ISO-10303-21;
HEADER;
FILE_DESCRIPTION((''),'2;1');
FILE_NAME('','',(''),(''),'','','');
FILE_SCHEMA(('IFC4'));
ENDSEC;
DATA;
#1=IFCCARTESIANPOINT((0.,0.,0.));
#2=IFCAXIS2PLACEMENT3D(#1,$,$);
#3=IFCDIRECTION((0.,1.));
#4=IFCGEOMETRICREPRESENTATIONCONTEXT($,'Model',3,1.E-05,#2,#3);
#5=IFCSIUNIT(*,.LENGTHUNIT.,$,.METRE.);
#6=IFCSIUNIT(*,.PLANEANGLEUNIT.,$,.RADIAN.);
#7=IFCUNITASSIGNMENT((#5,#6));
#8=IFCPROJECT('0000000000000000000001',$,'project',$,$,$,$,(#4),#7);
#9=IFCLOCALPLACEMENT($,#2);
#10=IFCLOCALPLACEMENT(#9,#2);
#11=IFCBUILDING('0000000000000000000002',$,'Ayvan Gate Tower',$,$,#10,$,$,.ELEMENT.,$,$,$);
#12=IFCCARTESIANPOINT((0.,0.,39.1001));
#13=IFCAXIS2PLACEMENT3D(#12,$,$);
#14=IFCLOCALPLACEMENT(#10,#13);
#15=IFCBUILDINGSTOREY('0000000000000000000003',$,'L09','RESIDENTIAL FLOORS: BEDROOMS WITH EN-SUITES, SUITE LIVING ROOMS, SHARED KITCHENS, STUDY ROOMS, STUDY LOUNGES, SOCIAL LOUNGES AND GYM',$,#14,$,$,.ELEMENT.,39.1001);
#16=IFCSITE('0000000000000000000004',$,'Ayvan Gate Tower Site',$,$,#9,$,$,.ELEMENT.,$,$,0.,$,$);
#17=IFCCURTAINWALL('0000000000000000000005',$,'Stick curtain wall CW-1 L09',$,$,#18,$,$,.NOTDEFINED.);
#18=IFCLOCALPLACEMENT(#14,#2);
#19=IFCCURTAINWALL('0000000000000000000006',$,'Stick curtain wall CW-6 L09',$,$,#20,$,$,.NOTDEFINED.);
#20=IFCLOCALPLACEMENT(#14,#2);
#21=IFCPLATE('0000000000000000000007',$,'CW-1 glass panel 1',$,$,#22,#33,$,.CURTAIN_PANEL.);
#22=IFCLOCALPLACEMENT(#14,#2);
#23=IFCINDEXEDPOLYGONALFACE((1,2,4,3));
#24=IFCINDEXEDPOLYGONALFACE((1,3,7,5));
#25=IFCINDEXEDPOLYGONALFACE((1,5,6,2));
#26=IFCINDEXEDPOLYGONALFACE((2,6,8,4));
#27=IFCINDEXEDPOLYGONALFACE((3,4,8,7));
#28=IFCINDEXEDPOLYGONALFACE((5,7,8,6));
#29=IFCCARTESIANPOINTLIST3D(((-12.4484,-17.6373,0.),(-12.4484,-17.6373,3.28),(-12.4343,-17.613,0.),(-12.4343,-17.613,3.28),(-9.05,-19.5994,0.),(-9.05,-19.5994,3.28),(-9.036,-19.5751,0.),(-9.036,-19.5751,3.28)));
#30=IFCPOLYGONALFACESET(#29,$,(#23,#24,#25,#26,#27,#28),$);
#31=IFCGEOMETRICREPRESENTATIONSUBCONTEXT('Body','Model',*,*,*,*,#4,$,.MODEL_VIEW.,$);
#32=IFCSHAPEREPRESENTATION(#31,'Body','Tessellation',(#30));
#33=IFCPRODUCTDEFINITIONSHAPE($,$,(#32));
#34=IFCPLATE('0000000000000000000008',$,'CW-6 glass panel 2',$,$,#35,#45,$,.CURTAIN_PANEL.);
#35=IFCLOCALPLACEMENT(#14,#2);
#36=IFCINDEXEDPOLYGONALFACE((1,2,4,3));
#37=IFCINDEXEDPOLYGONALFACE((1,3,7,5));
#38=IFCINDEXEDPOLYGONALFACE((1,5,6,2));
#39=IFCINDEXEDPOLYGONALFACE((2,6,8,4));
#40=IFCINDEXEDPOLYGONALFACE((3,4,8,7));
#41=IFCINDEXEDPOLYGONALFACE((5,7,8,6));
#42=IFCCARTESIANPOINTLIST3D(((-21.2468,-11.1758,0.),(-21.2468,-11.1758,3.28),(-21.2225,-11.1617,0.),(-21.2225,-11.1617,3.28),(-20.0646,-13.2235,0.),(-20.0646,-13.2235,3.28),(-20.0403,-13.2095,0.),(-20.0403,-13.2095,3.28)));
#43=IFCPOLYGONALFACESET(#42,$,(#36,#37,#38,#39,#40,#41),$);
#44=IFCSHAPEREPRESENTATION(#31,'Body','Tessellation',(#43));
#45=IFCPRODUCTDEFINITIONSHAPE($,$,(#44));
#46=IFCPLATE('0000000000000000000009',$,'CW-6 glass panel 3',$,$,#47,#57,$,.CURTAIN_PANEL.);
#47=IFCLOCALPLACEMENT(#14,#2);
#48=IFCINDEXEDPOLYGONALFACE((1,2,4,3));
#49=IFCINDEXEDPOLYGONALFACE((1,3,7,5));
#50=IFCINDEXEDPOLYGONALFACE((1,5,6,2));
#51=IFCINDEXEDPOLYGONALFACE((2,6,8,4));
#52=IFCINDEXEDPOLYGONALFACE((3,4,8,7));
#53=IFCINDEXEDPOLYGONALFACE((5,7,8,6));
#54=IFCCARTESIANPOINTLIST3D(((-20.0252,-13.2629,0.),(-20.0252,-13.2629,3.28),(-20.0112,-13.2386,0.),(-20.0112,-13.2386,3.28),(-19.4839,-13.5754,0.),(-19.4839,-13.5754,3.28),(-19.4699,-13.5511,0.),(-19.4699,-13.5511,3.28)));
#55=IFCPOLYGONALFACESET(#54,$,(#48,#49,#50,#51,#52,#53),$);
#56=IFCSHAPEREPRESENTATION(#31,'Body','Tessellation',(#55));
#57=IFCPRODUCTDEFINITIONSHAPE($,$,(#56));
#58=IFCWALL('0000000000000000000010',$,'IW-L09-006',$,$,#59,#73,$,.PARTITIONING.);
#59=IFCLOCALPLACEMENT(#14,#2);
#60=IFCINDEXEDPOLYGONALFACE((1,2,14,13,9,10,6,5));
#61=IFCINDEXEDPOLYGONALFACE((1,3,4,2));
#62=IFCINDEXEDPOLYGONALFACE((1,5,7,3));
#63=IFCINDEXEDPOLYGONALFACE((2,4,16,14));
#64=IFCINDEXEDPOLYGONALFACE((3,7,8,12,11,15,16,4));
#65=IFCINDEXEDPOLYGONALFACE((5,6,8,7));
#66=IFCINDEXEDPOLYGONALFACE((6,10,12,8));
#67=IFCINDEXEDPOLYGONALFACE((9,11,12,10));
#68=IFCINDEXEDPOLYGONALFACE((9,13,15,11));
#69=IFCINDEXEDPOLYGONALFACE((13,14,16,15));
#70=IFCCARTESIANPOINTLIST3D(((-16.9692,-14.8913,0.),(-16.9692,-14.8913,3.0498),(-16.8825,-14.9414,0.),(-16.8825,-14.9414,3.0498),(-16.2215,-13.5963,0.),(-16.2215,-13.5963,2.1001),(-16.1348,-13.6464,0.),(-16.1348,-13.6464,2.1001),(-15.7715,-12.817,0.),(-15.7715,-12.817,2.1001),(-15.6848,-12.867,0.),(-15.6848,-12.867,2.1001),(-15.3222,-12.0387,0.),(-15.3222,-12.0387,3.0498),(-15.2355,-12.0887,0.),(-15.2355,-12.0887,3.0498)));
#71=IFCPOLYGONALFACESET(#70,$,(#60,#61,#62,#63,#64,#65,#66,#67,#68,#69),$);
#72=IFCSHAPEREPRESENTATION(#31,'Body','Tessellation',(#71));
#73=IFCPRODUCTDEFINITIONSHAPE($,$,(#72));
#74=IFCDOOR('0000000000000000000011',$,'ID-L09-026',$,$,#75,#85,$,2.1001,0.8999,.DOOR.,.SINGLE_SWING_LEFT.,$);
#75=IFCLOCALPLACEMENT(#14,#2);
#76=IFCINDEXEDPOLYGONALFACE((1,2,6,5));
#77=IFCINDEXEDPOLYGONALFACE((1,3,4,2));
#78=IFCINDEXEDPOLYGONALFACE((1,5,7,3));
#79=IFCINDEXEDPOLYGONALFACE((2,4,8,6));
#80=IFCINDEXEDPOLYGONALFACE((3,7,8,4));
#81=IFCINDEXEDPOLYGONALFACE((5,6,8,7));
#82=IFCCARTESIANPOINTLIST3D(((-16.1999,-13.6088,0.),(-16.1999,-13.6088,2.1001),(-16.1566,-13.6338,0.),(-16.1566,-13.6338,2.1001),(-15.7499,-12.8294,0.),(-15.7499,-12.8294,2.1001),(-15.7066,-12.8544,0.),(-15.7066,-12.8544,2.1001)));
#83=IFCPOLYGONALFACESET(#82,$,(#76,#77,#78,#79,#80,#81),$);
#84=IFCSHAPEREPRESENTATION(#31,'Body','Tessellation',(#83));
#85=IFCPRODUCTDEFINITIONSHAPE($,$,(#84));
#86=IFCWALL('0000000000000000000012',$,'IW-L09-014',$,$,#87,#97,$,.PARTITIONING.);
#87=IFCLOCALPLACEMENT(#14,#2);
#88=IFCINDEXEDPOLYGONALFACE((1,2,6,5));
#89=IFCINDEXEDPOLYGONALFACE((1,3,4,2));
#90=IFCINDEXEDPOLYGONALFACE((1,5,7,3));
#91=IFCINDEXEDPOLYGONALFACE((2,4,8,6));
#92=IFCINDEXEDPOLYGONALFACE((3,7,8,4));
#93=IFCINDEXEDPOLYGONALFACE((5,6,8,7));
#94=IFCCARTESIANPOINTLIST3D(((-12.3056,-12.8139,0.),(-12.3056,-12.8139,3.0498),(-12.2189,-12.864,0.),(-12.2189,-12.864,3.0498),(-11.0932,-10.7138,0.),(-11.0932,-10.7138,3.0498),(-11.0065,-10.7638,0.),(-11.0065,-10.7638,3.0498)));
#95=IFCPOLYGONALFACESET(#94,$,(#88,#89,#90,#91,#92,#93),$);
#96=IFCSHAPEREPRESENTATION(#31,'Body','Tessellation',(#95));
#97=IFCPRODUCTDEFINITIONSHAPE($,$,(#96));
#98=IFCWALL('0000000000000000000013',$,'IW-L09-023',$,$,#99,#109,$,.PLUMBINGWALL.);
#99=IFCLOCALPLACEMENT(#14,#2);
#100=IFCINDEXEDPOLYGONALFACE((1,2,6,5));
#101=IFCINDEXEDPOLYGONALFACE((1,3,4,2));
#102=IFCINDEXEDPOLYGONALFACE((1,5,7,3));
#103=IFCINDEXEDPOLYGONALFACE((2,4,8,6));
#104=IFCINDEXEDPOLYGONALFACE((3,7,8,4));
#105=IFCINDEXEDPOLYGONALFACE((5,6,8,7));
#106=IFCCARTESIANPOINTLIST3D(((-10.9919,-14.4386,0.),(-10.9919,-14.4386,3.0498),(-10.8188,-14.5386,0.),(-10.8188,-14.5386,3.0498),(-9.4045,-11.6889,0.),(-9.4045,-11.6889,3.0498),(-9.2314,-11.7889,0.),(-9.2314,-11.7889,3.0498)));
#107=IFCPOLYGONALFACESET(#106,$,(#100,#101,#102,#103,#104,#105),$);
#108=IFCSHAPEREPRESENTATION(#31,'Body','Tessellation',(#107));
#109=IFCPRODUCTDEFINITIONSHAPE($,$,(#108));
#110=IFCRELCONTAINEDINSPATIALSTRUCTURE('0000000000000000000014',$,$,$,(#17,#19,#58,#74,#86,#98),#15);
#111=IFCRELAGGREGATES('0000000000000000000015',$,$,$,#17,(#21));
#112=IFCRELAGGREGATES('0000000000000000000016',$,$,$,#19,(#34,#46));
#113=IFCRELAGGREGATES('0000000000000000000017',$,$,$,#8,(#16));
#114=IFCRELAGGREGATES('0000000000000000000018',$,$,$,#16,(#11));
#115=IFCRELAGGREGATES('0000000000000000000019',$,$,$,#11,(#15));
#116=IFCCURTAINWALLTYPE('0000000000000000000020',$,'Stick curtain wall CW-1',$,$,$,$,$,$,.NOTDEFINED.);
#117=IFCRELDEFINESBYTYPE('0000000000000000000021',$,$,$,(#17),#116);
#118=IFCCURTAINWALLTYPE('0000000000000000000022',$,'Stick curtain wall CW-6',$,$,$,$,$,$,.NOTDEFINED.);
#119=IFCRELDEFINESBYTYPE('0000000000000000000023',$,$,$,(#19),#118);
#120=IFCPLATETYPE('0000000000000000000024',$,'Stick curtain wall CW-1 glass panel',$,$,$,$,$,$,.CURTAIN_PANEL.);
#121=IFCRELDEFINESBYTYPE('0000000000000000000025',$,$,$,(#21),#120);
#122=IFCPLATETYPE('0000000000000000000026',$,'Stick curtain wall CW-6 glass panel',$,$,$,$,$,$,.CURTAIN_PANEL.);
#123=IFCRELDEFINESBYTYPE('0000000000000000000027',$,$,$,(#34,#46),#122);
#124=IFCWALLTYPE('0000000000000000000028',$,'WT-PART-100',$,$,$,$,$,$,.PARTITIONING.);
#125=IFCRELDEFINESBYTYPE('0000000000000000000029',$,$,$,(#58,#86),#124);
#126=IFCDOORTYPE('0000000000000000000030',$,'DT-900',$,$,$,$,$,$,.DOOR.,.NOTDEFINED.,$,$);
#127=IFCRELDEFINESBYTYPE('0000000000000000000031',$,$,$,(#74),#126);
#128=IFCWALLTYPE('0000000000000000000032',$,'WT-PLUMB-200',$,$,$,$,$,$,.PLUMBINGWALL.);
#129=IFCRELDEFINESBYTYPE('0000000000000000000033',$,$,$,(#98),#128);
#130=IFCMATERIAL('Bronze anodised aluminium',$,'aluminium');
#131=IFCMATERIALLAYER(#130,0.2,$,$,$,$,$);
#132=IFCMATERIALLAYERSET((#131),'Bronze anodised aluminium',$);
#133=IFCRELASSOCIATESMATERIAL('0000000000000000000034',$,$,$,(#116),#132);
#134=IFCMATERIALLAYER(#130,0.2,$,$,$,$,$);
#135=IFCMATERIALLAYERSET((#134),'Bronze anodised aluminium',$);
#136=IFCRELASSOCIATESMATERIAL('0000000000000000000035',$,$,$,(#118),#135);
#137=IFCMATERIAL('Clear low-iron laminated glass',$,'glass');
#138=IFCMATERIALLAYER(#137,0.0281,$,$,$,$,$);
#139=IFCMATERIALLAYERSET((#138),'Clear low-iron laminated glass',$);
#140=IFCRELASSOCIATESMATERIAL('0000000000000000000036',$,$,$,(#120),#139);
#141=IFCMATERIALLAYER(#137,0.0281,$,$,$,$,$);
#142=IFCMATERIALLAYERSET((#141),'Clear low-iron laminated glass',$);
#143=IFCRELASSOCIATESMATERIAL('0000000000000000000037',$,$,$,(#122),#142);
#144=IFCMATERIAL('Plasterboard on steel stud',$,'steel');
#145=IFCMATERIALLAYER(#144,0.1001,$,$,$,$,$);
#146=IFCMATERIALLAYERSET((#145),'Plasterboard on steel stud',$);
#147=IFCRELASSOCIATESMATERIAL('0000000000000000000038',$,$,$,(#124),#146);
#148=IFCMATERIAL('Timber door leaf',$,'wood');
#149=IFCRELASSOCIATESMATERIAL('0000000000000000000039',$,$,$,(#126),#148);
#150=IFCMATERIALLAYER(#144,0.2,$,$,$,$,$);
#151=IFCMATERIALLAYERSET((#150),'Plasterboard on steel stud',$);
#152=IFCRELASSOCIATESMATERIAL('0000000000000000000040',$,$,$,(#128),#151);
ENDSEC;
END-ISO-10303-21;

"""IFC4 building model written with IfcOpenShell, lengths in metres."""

from ifc_helpers import new_model, si_unit, direction, frame, frame_2d, origin, origin_2d, place, context, subcontext, project, spatial, rectangle, extrude, material, layer, layer_set, type_object, element, fill, aggregate, save


model = new_model("IFC4")

# Units and contexts
model_context = context("Model", 3, precision=1e-05, world=origin(), true_north=direction((0.0, 1.0)))
body_context = subcontext(model_context, "Body", "Model", "MODEL_VIEW")
ifc_project = project(units=[si_unit("LENGTHUNIT", "METRE"), si_unit("PLANEANGLEUNIT", "RADIAN")], contexts=[model_context])

# Site, building, storey
site_placement = place(None, origin())
site = spatial("IfcSite", under=ifc_project, at=site_placement, Name="Ayvan Gate Tower Site", CompositionType="ELEMENT", RefElevation=0.0)
building_placement = place(site_placement, origin())
building = spatial("IfcBuilding", under=site, at=building_placement, Name="Ayvan Gate Tower", CompositionType="ELEMENT")
storey_placement = place(building_placement, frame((0.0, 0.0, 39.1001)))
storey = spatial("IfcBuildingStorey", under=building, at=storey_placement, Name="L09", Description="RESIDENTIAL FLOORS: BEDROOMS WITH EN-SUITES, SUITE LIVING ROOMS, SHARED KITCHENS, STUDY ROOMS, STUDY LOUNGES, SOCIAL LOUNGES AND GYM", CompositionType="ELEMENT", Elevation=39.1001)

# Shared definitions
ifc_material_1 = material(Name="Bronze anodised aluminium", Category="aluminium")
ifc_layer_1 = layer(ifc_material_1, 0.2)
ifc_layer_set_1 = layer_set([ifc_layer_1], Name="Bronze anodised aluminium")
curtain_wall_type_1 = type_object("IfcCurtainWallType", Name="Stick curtain wall CW-1", PredefinedType="NOTDEFINED", material=ifc_layer_set_1)

# Curtain wall
curtain_wall_1_placement = place(storey_placement, origin())
curtain_wall_1 = element("IfcCurtainWall", 1, at=curtain_wall_1_placement, inside=storey, type_object=curtain_wall_type_1, Name="Stick curtain wall CW-1 L09", PredefinedType="NOTDEFINED")

# Curtain wall
ifc_layer_2 = layer(ifc_material_1, 0.2)
ifc_layer_set_2 = layer_set([ifc_layer_2], Name="Bronze anodised aluminium")
curtain_wall_type_2 = type_object("IfcCurtainWallType", Name="Stick curtain wall CW-6", PredefinedType="NOTDEFINED", material=ifc_layer_set_2)
curtain_wall_2_placement = place(storey_placement, origin())
curtain_wall_2 = element("IfcCurtainWall", 2, at=curtain_wall_2_placement, inside=storey, type_object=curtain_wall_type_2, Name="Stick curtain wall CW-6 L09", PredefinedType="NOTDEFINED")

# Plates
ifc_material_2 = material(Name="Clear low-iron laminated glass", Category="glass")
ifc_layer_3 = layer(ifc_material_2, 0.0281)
ifc_layer_set_3 = layer_set([ifc_layer_3], Name="Clear low-iron laminated glass")
plate_type_1 = type_object("IfcPlateType", Name="Stick curtain wall CW-1 glass panel", PredefinedType="CURTAIN_PANEL", material=ifc_layer_set_3)
plate_1_placement = place(storey_placement, frame((-10.7422, -18.6062, 0.0), z_axis=(0.0, 0.0, 1.0), x_axis=(0.866025, -0.5, 0.0)))
plate_1 = element("IfcPlate", 3, at=plate_1_placement, type_object=plate_type_1, Name="CW-1 glass panel 1", PredefinedType="CURTAIN_PANEL", context=body_context, shape_type="SweptSolid", body=[
    extrude(rectangle(XDim=3.9241, YDim=0.0281, at=origin_2d()), origin(), (0.0, 0.0, 1.0), 3.28),
])
aggregate(curtain_wall_1, [plate_1])
ifc_layer_4 = layer(ifc_material_2, 0.0281)
ifc_layer_set_4 = layer_set([ifc_layer_4], Name="Clear low-iron laminated glass")
plate_type_2 = type_object("IfcPlateType", Name="Stick curtain wall CW-6 glass panel", PredefinedType="CURTAIN_PANEL", material=ifc_layer_set_4)
plate_2_placement = place(storey_placement, frame((-20.6436, -12.1926, 0.0), z_axis=(0.0, 0.0, 1.0), x_axis=(0.5, -0.866025, 0.0)))
plate_2 = element("IfcPlate", 4, at=plate_2_placement, type_object=plate_type_2, Name="CW-6 glass panel 2", PredefinedType="CURTAIN_PANEL", context=body_context, shape_type="SweptSolid", body=[
    extrude(rectangle(XDim=2.3645, YDim=0.0281, at=origin_2d()), origin(), (0.0, 0.0, 1.0), 3.28),
])
plate_3_placement = place(storey_placement, frame((-19.7476, -13.407, 0.0), z_axis=(0.0, 0.0, 1.0), x_axis=(0.866025, -0.5, 0.0)))
plate_3 = element("IfcPlate", 5, at=plate_3_placement, type_object=plate_type_2, Name="CW-6 glass panel 3", PredefinedType="CURTAIN_PANEL", context=body_context, shape_type="SweptSolid", body=[
    extrude(rectangle(XDim=0.625, YDim=0.0281, at=origin_2d()), origin(), (0.0, 0.0, 1.0), 3.28),
])
aggregate(curtain_wall_2, [plate_2, plate_3])

# Wall, opening, door
ifc_material_3 = material(Name="Plasterboard on steel stud", Category="steel")
ifc_layer_5 = layer(ifc_material_3, 0.1001)
ifc_layer_set_5 = layer_set([ifc_layer_5], Name="Plasterboard on steel stud")
wall_type_1 = type_object("IfcWallType", Name="WT-PART-100", PredefinedType="PARTITIONING", material=ifc_layer_set_5)
wall_1_placement = place(storey_placement, frame((-15.2788, -12.0637, 0.0), z_axis=(0.0, 0.0, 1.0), x_axis=(-0.500013, -0.866018, 0.0)))
wall_1 = element("IfcWall", 6, at=wall_1_placement, inside=storey, type_object=wall_type_1, Name="IW-L09-006", PredefinedType="PARTITIONING", context=body_context, shape_type="SweptSolid", body=[
    extrude(rectangle(XDim=3.2939, YDim=0.1001, at=frame_2d((1.647, 0.0))), origin(), (0.0, 0.0, 1.0), 3.0498),
])
opening_1_placement = place(wall_1_placement, frame((0.8987, 0.0, 0.0)))
opening_1 = element("IfcOpeningElement", 7, at=opening_1_placement, cuts=wall_1, PredefinedType="OPENING", context=body_context, shape_type="SweptSolid", body=[
    extrude(rectangle(XDim=0.8999, YDim=2.1001, at=frame_2d((0.45, 1.05))), frame((0.0, 0.0601, 0.0), z_axis=(0.0, -1.0, 0.0), x_axis=(1.0, 0.0, 0.0)), (0.0, 0.0, 1.0), 0.1201),
])
ifc_material_4 = material(Name="Timber door leaf", Category="wood")
door_type_1 = type_object("IfcDoorType", Name="DT-900", OperationType="NOTDEFINED", PredefinedType="DOOR", material=ifc_material_4)
door_1_placement = place(opening_1_placement, origin())
door_1 = element("IfcDoor", 8, at=door_1_placement, inside=storey, type_object=door_type_1, Name="ID-L09-026", OperationType="SINGLE_SWING_LEFT", OverallHeight=2.1001, OverallWidth=0.8999, PredefinedType="DOOR", context=body_context, shape_type="SweptSolid", body=[
    extrude(rectangle(XDim=0.8999, YDim=2.1001, at=frame_2d((0.45, 1.05))), frame((0.0, 0.0249, 0.0), z_axis=(0.0, -1.0, 0.0), x_axis=(1.0, 0.0, 0.0)), (0.0, 0.0, 1.0), 0.05),
])
fill(opening_1, door_1)

# Walls
wall_2_placement = place(storey_placement, frame((-12.2622, -12.8389, 0.0), z_axis=(0.0, 0.0, 1.0), x_axis=(0.499972, 0.866041, 0.0)))
element("IfcWall", 9, at=wall_2_placement, inside=storey, type_object=wall_type_1, Name="IW-L09-014", PredefinedType="PARTITIONING", context=body_context, shape_type="SweptSolid", body=[
    extrude(rectangle(XDim=2.425, YDim=0.1001, at=frame_2d((1.2124, 0.0))), origin(), (0.0, 0.0, 1.0), 3.0498),
])
ifc_layer_6 = layer(ifc_material_3, 0.2)
ifc_layer_set_6 = layer_set([ifc_layer_6], Name="Plasterboard on steel stud")
wall_type_2 = type_object("IfcWallType", Name="WT-PLUMB-200", PredefinedType="PLUMBINGWALL", material=ifc_layer_set_6)
wall_3_placement = place(storey_placement, frame((-10.9053, -14.4885, 0.0), z_axis=(0.0, 0.0, 1.0), x_axis=(0.49996, 0.866049, 0.0)))
element("IfcWall", 10, at=wall_3_placement, inside=storey, type_object=wall_type_2, Name="IW-L09-023", PredefinedType="PLUMBINGWALL", context=body_context, shape_type="SweptSolid", body=[
    extrude(rectangle(XDim=3.175, YDim=0.2, at=frame_2d((1.5874, 0.0))), origin(), (0.0, 0.0, 1.0), 3.0498),
])

save(model, "model.ifc")
